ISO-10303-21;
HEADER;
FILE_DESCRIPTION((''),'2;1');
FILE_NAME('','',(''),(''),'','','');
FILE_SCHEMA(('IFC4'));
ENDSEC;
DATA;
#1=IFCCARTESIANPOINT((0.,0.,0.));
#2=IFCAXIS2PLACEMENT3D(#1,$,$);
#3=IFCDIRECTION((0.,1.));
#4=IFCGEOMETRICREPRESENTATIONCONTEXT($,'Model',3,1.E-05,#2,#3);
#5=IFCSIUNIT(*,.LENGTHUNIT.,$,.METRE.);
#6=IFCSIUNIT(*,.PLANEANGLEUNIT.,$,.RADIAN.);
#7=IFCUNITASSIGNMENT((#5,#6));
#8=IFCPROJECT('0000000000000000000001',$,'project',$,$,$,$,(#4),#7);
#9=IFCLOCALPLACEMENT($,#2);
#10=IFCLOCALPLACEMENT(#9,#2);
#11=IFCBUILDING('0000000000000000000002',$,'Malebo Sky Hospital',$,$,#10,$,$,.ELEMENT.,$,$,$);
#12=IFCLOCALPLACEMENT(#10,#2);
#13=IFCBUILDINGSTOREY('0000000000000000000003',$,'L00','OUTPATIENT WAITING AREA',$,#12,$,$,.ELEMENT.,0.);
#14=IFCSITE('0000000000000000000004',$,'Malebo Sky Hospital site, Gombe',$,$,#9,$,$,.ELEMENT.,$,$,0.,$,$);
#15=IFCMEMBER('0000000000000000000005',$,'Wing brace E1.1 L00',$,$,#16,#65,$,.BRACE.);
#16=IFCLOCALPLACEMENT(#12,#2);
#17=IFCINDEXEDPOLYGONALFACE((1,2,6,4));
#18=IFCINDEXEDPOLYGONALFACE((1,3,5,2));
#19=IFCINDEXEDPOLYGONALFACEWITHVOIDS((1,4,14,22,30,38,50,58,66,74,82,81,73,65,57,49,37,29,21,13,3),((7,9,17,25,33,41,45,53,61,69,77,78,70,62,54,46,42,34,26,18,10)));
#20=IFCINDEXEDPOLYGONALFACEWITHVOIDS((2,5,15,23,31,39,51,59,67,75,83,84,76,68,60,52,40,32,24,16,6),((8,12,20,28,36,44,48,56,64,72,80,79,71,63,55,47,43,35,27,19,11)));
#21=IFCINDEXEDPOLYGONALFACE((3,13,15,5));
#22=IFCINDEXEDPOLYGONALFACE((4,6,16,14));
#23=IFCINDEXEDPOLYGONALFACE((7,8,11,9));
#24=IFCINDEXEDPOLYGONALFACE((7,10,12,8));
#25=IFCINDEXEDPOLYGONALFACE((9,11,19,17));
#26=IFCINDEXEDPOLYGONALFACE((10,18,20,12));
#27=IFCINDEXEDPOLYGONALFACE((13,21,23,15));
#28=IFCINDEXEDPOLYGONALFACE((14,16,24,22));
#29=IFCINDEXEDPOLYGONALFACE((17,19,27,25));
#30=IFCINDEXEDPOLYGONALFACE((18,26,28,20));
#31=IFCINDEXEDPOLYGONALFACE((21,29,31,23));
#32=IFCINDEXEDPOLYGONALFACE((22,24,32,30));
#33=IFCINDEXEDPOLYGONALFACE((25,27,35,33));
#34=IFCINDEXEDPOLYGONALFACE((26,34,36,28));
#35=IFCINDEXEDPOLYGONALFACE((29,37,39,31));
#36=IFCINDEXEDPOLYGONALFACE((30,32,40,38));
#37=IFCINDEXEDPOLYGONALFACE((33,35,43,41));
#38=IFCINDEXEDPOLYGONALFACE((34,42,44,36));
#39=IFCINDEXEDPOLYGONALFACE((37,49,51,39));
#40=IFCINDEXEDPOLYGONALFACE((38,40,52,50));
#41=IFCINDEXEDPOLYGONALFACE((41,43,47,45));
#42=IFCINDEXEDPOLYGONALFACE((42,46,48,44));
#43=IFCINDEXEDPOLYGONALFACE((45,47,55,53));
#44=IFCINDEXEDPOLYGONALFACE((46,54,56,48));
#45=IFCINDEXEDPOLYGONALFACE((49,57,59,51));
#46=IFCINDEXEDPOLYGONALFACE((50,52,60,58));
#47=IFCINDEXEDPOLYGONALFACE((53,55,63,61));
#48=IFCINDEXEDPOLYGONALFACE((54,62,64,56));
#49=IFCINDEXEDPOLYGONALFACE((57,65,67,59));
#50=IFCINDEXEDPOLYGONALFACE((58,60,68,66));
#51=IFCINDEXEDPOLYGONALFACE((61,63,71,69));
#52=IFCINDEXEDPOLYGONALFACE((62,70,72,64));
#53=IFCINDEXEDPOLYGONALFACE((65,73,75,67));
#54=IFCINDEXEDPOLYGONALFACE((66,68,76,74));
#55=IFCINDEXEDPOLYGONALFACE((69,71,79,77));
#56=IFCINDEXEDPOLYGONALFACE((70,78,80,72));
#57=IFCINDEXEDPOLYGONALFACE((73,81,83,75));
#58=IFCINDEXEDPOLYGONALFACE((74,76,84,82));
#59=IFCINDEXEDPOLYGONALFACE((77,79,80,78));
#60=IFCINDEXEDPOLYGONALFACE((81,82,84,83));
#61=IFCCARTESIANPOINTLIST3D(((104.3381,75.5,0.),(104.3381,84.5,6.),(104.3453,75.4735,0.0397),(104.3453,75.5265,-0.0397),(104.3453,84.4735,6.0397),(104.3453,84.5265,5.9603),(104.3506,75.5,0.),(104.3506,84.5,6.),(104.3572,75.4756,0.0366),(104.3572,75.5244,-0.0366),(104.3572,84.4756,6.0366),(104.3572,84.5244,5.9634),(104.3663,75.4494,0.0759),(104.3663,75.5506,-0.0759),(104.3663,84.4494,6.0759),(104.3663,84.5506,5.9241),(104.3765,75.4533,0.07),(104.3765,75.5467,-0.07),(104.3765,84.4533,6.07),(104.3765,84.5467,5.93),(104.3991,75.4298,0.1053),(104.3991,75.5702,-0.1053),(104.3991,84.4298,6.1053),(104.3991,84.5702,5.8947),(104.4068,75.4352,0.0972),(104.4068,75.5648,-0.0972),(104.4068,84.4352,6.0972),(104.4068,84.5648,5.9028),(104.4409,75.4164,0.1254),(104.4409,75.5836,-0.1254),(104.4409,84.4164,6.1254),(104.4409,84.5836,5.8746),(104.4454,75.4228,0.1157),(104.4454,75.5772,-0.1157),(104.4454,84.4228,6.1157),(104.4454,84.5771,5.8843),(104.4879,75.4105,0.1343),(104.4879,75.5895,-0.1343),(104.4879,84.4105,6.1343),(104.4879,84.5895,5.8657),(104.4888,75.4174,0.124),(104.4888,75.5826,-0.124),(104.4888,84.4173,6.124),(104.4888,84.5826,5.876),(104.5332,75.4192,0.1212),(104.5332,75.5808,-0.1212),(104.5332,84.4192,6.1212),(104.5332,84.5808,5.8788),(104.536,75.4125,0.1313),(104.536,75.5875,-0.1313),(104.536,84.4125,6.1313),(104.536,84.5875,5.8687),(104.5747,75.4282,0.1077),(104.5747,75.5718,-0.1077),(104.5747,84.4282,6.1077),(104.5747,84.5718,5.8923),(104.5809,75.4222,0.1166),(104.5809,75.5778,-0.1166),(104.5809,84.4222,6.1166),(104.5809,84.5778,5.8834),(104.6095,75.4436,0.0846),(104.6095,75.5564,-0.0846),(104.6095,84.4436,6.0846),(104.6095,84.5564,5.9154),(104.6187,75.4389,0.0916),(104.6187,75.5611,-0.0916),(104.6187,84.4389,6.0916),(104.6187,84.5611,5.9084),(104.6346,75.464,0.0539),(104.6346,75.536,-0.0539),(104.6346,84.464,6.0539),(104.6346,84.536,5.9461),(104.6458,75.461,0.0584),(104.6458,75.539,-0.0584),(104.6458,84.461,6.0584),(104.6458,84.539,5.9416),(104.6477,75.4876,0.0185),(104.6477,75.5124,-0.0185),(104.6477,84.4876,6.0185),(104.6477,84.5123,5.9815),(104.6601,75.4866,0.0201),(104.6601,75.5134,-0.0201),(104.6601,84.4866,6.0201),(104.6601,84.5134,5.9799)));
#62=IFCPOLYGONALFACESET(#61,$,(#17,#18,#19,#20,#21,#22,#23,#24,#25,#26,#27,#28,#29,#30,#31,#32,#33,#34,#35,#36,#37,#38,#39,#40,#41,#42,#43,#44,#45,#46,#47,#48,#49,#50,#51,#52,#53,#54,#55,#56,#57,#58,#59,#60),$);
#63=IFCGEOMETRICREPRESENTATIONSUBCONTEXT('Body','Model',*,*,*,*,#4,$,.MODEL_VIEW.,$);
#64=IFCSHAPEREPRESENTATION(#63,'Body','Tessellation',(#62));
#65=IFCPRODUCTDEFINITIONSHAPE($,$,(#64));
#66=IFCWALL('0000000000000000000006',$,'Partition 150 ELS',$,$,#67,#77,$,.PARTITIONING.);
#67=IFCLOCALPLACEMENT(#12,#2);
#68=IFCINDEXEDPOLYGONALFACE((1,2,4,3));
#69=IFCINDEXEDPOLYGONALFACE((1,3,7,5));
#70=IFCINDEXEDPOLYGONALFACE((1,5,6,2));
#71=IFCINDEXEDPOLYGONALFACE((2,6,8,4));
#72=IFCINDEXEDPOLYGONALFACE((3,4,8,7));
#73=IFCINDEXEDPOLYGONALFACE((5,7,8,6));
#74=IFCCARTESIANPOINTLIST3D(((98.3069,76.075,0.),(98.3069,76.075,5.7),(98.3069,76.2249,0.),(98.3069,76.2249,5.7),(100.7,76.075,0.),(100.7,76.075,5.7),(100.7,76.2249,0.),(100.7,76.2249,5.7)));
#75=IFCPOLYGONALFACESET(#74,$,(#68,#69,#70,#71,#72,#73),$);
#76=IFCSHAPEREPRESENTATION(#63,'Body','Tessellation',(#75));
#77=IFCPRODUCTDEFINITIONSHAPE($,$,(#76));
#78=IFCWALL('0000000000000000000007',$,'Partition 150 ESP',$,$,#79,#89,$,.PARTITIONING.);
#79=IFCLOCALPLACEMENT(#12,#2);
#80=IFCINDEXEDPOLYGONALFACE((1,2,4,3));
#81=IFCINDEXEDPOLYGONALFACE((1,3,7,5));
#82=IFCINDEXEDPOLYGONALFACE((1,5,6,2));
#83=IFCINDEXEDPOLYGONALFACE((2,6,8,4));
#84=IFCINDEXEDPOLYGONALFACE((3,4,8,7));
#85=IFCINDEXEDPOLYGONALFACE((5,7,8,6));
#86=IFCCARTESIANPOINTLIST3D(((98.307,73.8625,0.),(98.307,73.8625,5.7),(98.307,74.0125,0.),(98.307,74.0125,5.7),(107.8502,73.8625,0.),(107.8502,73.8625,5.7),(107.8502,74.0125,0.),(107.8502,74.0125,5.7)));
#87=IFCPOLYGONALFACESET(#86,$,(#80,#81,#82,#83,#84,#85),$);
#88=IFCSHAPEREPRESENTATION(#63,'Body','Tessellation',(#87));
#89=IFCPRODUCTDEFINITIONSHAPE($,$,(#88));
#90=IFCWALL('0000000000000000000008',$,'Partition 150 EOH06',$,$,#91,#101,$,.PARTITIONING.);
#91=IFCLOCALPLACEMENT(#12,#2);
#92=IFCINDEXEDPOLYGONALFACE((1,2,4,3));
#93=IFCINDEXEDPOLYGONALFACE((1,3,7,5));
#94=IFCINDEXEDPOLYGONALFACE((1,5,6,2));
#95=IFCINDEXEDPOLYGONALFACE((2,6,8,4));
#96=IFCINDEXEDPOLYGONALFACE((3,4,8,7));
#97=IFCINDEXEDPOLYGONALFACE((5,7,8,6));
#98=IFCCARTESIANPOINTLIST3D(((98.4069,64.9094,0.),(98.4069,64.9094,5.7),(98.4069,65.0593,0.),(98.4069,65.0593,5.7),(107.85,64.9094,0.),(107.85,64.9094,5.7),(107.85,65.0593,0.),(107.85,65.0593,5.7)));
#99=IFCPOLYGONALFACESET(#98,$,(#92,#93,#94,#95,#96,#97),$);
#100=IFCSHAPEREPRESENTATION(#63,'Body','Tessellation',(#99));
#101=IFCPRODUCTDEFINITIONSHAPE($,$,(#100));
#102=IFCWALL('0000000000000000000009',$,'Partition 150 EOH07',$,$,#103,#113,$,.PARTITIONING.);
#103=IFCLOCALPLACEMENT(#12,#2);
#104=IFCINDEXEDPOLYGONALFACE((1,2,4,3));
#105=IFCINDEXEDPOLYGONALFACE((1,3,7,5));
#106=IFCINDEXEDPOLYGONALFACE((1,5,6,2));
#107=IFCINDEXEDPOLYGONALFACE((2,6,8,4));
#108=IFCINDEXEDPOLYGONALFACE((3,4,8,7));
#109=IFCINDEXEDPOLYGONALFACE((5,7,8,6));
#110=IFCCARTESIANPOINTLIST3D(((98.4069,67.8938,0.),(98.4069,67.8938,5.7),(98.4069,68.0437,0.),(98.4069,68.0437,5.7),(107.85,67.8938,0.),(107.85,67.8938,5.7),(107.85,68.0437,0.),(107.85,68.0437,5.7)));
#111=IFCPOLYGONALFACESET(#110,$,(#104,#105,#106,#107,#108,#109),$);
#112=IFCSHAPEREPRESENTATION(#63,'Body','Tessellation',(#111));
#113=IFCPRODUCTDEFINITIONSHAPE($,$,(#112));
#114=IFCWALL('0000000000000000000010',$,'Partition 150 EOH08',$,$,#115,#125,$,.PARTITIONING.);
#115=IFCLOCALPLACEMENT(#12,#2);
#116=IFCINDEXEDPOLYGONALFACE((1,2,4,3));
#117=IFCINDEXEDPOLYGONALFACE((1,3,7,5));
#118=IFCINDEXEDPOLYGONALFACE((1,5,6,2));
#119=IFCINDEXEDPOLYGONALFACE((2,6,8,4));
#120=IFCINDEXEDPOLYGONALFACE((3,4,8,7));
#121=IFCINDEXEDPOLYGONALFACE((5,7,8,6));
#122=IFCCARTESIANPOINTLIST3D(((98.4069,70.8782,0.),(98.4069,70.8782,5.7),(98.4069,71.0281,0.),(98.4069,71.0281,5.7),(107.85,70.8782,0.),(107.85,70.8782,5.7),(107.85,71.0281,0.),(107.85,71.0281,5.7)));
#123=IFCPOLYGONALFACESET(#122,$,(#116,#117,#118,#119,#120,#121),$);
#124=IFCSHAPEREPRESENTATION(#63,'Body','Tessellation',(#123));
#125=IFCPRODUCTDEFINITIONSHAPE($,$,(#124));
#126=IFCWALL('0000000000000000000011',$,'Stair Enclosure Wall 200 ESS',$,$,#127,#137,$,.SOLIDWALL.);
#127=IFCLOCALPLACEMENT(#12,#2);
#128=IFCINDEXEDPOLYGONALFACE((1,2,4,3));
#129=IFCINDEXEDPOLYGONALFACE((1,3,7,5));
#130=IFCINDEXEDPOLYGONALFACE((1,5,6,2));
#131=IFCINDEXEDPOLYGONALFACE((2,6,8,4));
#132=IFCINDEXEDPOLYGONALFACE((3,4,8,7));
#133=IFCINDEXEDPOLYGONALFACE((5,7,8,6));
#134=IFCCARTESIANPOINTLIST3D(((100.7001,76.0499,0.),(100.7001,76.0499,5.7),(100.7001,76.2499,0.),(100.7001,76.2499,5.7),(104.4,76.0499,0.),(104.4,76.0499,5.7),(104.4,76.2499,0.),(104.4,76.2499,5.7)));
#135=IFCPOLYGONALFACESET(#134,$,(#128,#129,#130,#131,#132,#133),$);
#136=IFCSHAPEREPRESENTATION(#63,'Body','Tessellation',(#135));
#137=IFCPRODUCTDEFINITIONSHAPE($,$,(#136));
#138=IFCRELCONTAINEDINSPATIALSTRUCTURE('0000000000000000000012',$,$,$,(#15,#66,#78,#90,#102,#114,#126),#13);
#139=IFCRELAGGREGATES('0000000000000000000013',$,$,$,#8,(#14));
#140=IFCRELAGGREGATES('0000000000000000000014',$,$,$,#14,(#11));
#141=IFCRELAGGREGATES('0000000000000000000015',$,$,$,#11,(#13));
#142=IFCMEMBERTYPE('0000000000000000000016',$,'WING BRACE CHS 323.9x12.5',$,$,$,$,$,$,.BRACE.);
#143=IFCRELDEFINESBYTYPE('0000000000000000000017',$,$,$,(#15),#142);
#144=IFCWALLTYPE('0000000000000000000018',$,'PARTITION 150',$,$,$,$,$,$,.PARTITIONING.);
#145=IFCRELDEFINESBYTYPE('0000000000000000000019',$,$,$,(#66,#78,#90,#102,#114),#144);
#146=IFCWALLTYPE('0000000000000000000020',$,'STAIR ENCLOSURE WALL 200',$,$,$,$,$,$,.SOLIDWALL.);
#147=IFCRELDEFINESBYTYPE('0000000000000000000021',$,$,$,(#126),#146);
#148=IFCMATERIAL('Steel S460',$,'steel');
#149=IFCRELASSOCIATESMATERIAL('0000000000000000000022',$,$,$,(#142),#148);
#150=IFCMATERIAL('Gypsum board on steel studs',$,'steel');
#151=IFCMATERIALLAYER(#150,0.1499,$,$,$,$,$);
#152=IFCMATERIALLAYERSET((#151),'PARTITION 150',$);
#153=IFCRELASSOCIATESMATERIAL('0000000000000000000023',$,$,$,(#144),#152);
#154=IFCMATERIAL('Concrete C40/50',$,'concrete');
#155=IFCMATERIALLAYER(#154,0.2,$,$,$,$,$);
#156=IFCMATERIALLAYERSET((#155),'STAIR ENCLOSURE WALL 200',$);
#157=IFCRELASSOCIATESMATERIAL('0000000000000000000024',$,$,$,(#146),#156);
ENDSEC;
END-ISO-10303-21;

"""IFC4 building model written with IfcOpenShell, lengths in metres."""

from ifc_helpers import new_model, si_unit, direction, frame, frame_2d, origin, origin_2d, place, context, subcontext, project, spatial, rectangle, hollow_circle, extrude, material, layer, layer_set, material_profile, profile_set, type_object, element, save


model = new_model("IFC4")

# Units and contexts
model_context = context("Model", 3, precision=1e-05, world=origin(), true_north=direction((0.0, 1.0)))
body_context = subcontext(model_context, "Body", "Model", "MODEL_VIEW")
ifc_project = project(units=[si_unit("LENGTHUNIT", "METRE"), si_unit("PLANEANGLEUNIT", "RADIAN")], contexts=[model_context])

# Site, building, storey
site_placement = place(None, origin())
site = spatial("IfcSite", under=ifc_project, at=site_placement, Name="Malebo Sky Hospital site, Gombe", CompositionType="ELEMENT", RefElevation=0.0)
building_placement = place(site_placement, origin())
building = spatial("IfcBuilding", under=site, at=building_placement, Name="Malebo Sky Hospital", CompositionType="ELEMENT")
storey_placement = place(building_placement, origin())
storey = spatial("IfcBuildingStorey", under=building, at=storey_placement, Name="L00", Description="OUTPATIENT WAITING AREA", CompositionType="ELEMENT", Elevation=0.0)

# Shared definitions
ifc_material_1 = material(Name="Concrete C40/50", Category="concrete")

# Member
ifc_material_2 = material(Name="Steel S460", Category="steel")
ifc_material_profile_1 = material_profile(ifc_material_2, hollow_circle(Radius=0.1619, WallThickness=0.0125, at=origin_2d()), Name="CHS 323.9x12.5")
ifc_profile_set_1 = profile_set([ifc_material_profile_1], Name="Steel S460")
member_type = type_object("IfcMemberType", Name="WING BRACE CHS 323.9x12.5", PredefinedType="BRACE", material=ifc_profile_set_1)
member_placement = place(storey_placement, frame((104.5, 75.5, 0.0), z_axis=(0.0, 0.83205, 0.5547), x_axis=(-1.0, 0.0, 0.0)))
element("IfcMember", 1, at=member_placement, inside=storey, type_object=member_type, Name="Wing brace E1.1 L00", PredefinedType="BRACE", context=body_context, shape_type="SweptSolid", body=[
    extrude(hollow_circle(Radius=0.1619, WallThickness=0.0125, at=origin_2d()), origin(), (0.0, 0.0, 1.0), 10.8167),
])

# Walls
ifc_material_3 = material(Name="Gypsum board on steel studs", Category="steel")
ifc_layer_1 = layer(ifc_material_3, 0.1499)
ifc_layer_set_1 = layer_set([ifc_layer_1], Name="PARTITION 150")
wall_type_1 = type_object("IfcWallType", Name="PARTITION 150", PredefinedType="PARTITIONING", material=ifc_layer_set_1)
wall_1_placement = place(storey_placement, frame((100.7, 76.1499, 0.0), z_axis=(0.0, 0.0, 1.0), x_axis=(-1.0, 0.0, 0.0)))
element("IfcWall", 2, at=wall_1_placement, inside=storey, type_object=wall_type_1, Name="Partition 150 ELS", PredefinedType="PARTITIONING", context=body_context, shape_type="SweptSolid", body=[
    extrude(rectangle(XDim=2.3931, YDim=0.1499, at=frame_2d((1.1965, 0.0))), origin(), (0.0, 0.0, 1.0), 5.7),
])
wall_2_placement = place(storey_placement, frame((107.8501, 73.9375, 0.0), z_axis=(0.0, 0.0, 1.0), x_axis=(-1.0, 0.0, 0.0)))
element("IfcWall", 3, at=wall_2_placement, inside=storey, type_object=wall_type_1, Name="Partition 150 ESP", PredefinedType="PARTITIONING", context=body_context, shape_type="SweptSolid", body=[
    extrude(rectangle(XDim=9.5432, YDim=0.1499, at=frame_2d((4.7715, 0.0))), origin(), (0.0, 0.0, 1.0), 5.7),
])
for number, where, z_axis, x_axis, name in (
    (4, (107.8501, 64.9844, 0.0), (0.0, 0.0, 1.0), (-1.0, 0.0, 0.0), "Partition 150 EOH06"),
    (5, (107.8501, 67.9688, 0.0), (0.0, 0.0, 1.0), (-1.0, 0.0, 0.0), "Partition 150 EOH07"),
    (6, (107.8501, 70.9531, 0.0), (0.0, 0.0, 1.0), (-1.0, 0.0, 0.0), "Partition 150 EOH08"),
):
    element("IfcWall", number, at=place(storey_placement, frame(where, z_axis=z_axis, x_axis=x_axis)), inside=storey, type_object=wall_type_1, Name=name, PredefinedType="PARTITIONING", context=body_context, shape_type="SweptSolid", body=[
        extrude(rectangle(XDim=9.4431, YDim=0.1499, at=frame_2d((4.7217, 0.0))), origin(), (0.0, 0.0, 1.0), 5.7),
    ])
ifc_layer_2 = layer(ifc_material_1, 0.2)
ifc_layer_set_2 = layer_set([ifc_layer_2], Name="STAIR ENCLOSURE WALL 200")
wall_type_2 = type_object("IfcWallType", Name="STAIR ENCLOSURE WALL 200", PredefinedType="SOLIDWALL", material=ifc_layer_set_2)
wall_3_placement = place(storey_placement, frame((100.7, 76.1499, 0.0), z_axis=(0.0, 0.0, 1.0), x_axis=(1.0, 0.0, 0.0)))
element("IfcWall", 7, at=wall_3_placement, inside=storey, type_object=wall_type_2, Name="Stair Enclosure Wall 200 ESS", PredefinedType="SOLIDWALL", context=body_context, shape_type="SweptSolid", body=[
    extrude(rectangle(XDim=3.7, YDim=0.2, at=frame_2d((1.8501, 0.0))), origin(), (0.0, 0.0, 1.0), 5.7),
])

save(model, "model.ifc")
